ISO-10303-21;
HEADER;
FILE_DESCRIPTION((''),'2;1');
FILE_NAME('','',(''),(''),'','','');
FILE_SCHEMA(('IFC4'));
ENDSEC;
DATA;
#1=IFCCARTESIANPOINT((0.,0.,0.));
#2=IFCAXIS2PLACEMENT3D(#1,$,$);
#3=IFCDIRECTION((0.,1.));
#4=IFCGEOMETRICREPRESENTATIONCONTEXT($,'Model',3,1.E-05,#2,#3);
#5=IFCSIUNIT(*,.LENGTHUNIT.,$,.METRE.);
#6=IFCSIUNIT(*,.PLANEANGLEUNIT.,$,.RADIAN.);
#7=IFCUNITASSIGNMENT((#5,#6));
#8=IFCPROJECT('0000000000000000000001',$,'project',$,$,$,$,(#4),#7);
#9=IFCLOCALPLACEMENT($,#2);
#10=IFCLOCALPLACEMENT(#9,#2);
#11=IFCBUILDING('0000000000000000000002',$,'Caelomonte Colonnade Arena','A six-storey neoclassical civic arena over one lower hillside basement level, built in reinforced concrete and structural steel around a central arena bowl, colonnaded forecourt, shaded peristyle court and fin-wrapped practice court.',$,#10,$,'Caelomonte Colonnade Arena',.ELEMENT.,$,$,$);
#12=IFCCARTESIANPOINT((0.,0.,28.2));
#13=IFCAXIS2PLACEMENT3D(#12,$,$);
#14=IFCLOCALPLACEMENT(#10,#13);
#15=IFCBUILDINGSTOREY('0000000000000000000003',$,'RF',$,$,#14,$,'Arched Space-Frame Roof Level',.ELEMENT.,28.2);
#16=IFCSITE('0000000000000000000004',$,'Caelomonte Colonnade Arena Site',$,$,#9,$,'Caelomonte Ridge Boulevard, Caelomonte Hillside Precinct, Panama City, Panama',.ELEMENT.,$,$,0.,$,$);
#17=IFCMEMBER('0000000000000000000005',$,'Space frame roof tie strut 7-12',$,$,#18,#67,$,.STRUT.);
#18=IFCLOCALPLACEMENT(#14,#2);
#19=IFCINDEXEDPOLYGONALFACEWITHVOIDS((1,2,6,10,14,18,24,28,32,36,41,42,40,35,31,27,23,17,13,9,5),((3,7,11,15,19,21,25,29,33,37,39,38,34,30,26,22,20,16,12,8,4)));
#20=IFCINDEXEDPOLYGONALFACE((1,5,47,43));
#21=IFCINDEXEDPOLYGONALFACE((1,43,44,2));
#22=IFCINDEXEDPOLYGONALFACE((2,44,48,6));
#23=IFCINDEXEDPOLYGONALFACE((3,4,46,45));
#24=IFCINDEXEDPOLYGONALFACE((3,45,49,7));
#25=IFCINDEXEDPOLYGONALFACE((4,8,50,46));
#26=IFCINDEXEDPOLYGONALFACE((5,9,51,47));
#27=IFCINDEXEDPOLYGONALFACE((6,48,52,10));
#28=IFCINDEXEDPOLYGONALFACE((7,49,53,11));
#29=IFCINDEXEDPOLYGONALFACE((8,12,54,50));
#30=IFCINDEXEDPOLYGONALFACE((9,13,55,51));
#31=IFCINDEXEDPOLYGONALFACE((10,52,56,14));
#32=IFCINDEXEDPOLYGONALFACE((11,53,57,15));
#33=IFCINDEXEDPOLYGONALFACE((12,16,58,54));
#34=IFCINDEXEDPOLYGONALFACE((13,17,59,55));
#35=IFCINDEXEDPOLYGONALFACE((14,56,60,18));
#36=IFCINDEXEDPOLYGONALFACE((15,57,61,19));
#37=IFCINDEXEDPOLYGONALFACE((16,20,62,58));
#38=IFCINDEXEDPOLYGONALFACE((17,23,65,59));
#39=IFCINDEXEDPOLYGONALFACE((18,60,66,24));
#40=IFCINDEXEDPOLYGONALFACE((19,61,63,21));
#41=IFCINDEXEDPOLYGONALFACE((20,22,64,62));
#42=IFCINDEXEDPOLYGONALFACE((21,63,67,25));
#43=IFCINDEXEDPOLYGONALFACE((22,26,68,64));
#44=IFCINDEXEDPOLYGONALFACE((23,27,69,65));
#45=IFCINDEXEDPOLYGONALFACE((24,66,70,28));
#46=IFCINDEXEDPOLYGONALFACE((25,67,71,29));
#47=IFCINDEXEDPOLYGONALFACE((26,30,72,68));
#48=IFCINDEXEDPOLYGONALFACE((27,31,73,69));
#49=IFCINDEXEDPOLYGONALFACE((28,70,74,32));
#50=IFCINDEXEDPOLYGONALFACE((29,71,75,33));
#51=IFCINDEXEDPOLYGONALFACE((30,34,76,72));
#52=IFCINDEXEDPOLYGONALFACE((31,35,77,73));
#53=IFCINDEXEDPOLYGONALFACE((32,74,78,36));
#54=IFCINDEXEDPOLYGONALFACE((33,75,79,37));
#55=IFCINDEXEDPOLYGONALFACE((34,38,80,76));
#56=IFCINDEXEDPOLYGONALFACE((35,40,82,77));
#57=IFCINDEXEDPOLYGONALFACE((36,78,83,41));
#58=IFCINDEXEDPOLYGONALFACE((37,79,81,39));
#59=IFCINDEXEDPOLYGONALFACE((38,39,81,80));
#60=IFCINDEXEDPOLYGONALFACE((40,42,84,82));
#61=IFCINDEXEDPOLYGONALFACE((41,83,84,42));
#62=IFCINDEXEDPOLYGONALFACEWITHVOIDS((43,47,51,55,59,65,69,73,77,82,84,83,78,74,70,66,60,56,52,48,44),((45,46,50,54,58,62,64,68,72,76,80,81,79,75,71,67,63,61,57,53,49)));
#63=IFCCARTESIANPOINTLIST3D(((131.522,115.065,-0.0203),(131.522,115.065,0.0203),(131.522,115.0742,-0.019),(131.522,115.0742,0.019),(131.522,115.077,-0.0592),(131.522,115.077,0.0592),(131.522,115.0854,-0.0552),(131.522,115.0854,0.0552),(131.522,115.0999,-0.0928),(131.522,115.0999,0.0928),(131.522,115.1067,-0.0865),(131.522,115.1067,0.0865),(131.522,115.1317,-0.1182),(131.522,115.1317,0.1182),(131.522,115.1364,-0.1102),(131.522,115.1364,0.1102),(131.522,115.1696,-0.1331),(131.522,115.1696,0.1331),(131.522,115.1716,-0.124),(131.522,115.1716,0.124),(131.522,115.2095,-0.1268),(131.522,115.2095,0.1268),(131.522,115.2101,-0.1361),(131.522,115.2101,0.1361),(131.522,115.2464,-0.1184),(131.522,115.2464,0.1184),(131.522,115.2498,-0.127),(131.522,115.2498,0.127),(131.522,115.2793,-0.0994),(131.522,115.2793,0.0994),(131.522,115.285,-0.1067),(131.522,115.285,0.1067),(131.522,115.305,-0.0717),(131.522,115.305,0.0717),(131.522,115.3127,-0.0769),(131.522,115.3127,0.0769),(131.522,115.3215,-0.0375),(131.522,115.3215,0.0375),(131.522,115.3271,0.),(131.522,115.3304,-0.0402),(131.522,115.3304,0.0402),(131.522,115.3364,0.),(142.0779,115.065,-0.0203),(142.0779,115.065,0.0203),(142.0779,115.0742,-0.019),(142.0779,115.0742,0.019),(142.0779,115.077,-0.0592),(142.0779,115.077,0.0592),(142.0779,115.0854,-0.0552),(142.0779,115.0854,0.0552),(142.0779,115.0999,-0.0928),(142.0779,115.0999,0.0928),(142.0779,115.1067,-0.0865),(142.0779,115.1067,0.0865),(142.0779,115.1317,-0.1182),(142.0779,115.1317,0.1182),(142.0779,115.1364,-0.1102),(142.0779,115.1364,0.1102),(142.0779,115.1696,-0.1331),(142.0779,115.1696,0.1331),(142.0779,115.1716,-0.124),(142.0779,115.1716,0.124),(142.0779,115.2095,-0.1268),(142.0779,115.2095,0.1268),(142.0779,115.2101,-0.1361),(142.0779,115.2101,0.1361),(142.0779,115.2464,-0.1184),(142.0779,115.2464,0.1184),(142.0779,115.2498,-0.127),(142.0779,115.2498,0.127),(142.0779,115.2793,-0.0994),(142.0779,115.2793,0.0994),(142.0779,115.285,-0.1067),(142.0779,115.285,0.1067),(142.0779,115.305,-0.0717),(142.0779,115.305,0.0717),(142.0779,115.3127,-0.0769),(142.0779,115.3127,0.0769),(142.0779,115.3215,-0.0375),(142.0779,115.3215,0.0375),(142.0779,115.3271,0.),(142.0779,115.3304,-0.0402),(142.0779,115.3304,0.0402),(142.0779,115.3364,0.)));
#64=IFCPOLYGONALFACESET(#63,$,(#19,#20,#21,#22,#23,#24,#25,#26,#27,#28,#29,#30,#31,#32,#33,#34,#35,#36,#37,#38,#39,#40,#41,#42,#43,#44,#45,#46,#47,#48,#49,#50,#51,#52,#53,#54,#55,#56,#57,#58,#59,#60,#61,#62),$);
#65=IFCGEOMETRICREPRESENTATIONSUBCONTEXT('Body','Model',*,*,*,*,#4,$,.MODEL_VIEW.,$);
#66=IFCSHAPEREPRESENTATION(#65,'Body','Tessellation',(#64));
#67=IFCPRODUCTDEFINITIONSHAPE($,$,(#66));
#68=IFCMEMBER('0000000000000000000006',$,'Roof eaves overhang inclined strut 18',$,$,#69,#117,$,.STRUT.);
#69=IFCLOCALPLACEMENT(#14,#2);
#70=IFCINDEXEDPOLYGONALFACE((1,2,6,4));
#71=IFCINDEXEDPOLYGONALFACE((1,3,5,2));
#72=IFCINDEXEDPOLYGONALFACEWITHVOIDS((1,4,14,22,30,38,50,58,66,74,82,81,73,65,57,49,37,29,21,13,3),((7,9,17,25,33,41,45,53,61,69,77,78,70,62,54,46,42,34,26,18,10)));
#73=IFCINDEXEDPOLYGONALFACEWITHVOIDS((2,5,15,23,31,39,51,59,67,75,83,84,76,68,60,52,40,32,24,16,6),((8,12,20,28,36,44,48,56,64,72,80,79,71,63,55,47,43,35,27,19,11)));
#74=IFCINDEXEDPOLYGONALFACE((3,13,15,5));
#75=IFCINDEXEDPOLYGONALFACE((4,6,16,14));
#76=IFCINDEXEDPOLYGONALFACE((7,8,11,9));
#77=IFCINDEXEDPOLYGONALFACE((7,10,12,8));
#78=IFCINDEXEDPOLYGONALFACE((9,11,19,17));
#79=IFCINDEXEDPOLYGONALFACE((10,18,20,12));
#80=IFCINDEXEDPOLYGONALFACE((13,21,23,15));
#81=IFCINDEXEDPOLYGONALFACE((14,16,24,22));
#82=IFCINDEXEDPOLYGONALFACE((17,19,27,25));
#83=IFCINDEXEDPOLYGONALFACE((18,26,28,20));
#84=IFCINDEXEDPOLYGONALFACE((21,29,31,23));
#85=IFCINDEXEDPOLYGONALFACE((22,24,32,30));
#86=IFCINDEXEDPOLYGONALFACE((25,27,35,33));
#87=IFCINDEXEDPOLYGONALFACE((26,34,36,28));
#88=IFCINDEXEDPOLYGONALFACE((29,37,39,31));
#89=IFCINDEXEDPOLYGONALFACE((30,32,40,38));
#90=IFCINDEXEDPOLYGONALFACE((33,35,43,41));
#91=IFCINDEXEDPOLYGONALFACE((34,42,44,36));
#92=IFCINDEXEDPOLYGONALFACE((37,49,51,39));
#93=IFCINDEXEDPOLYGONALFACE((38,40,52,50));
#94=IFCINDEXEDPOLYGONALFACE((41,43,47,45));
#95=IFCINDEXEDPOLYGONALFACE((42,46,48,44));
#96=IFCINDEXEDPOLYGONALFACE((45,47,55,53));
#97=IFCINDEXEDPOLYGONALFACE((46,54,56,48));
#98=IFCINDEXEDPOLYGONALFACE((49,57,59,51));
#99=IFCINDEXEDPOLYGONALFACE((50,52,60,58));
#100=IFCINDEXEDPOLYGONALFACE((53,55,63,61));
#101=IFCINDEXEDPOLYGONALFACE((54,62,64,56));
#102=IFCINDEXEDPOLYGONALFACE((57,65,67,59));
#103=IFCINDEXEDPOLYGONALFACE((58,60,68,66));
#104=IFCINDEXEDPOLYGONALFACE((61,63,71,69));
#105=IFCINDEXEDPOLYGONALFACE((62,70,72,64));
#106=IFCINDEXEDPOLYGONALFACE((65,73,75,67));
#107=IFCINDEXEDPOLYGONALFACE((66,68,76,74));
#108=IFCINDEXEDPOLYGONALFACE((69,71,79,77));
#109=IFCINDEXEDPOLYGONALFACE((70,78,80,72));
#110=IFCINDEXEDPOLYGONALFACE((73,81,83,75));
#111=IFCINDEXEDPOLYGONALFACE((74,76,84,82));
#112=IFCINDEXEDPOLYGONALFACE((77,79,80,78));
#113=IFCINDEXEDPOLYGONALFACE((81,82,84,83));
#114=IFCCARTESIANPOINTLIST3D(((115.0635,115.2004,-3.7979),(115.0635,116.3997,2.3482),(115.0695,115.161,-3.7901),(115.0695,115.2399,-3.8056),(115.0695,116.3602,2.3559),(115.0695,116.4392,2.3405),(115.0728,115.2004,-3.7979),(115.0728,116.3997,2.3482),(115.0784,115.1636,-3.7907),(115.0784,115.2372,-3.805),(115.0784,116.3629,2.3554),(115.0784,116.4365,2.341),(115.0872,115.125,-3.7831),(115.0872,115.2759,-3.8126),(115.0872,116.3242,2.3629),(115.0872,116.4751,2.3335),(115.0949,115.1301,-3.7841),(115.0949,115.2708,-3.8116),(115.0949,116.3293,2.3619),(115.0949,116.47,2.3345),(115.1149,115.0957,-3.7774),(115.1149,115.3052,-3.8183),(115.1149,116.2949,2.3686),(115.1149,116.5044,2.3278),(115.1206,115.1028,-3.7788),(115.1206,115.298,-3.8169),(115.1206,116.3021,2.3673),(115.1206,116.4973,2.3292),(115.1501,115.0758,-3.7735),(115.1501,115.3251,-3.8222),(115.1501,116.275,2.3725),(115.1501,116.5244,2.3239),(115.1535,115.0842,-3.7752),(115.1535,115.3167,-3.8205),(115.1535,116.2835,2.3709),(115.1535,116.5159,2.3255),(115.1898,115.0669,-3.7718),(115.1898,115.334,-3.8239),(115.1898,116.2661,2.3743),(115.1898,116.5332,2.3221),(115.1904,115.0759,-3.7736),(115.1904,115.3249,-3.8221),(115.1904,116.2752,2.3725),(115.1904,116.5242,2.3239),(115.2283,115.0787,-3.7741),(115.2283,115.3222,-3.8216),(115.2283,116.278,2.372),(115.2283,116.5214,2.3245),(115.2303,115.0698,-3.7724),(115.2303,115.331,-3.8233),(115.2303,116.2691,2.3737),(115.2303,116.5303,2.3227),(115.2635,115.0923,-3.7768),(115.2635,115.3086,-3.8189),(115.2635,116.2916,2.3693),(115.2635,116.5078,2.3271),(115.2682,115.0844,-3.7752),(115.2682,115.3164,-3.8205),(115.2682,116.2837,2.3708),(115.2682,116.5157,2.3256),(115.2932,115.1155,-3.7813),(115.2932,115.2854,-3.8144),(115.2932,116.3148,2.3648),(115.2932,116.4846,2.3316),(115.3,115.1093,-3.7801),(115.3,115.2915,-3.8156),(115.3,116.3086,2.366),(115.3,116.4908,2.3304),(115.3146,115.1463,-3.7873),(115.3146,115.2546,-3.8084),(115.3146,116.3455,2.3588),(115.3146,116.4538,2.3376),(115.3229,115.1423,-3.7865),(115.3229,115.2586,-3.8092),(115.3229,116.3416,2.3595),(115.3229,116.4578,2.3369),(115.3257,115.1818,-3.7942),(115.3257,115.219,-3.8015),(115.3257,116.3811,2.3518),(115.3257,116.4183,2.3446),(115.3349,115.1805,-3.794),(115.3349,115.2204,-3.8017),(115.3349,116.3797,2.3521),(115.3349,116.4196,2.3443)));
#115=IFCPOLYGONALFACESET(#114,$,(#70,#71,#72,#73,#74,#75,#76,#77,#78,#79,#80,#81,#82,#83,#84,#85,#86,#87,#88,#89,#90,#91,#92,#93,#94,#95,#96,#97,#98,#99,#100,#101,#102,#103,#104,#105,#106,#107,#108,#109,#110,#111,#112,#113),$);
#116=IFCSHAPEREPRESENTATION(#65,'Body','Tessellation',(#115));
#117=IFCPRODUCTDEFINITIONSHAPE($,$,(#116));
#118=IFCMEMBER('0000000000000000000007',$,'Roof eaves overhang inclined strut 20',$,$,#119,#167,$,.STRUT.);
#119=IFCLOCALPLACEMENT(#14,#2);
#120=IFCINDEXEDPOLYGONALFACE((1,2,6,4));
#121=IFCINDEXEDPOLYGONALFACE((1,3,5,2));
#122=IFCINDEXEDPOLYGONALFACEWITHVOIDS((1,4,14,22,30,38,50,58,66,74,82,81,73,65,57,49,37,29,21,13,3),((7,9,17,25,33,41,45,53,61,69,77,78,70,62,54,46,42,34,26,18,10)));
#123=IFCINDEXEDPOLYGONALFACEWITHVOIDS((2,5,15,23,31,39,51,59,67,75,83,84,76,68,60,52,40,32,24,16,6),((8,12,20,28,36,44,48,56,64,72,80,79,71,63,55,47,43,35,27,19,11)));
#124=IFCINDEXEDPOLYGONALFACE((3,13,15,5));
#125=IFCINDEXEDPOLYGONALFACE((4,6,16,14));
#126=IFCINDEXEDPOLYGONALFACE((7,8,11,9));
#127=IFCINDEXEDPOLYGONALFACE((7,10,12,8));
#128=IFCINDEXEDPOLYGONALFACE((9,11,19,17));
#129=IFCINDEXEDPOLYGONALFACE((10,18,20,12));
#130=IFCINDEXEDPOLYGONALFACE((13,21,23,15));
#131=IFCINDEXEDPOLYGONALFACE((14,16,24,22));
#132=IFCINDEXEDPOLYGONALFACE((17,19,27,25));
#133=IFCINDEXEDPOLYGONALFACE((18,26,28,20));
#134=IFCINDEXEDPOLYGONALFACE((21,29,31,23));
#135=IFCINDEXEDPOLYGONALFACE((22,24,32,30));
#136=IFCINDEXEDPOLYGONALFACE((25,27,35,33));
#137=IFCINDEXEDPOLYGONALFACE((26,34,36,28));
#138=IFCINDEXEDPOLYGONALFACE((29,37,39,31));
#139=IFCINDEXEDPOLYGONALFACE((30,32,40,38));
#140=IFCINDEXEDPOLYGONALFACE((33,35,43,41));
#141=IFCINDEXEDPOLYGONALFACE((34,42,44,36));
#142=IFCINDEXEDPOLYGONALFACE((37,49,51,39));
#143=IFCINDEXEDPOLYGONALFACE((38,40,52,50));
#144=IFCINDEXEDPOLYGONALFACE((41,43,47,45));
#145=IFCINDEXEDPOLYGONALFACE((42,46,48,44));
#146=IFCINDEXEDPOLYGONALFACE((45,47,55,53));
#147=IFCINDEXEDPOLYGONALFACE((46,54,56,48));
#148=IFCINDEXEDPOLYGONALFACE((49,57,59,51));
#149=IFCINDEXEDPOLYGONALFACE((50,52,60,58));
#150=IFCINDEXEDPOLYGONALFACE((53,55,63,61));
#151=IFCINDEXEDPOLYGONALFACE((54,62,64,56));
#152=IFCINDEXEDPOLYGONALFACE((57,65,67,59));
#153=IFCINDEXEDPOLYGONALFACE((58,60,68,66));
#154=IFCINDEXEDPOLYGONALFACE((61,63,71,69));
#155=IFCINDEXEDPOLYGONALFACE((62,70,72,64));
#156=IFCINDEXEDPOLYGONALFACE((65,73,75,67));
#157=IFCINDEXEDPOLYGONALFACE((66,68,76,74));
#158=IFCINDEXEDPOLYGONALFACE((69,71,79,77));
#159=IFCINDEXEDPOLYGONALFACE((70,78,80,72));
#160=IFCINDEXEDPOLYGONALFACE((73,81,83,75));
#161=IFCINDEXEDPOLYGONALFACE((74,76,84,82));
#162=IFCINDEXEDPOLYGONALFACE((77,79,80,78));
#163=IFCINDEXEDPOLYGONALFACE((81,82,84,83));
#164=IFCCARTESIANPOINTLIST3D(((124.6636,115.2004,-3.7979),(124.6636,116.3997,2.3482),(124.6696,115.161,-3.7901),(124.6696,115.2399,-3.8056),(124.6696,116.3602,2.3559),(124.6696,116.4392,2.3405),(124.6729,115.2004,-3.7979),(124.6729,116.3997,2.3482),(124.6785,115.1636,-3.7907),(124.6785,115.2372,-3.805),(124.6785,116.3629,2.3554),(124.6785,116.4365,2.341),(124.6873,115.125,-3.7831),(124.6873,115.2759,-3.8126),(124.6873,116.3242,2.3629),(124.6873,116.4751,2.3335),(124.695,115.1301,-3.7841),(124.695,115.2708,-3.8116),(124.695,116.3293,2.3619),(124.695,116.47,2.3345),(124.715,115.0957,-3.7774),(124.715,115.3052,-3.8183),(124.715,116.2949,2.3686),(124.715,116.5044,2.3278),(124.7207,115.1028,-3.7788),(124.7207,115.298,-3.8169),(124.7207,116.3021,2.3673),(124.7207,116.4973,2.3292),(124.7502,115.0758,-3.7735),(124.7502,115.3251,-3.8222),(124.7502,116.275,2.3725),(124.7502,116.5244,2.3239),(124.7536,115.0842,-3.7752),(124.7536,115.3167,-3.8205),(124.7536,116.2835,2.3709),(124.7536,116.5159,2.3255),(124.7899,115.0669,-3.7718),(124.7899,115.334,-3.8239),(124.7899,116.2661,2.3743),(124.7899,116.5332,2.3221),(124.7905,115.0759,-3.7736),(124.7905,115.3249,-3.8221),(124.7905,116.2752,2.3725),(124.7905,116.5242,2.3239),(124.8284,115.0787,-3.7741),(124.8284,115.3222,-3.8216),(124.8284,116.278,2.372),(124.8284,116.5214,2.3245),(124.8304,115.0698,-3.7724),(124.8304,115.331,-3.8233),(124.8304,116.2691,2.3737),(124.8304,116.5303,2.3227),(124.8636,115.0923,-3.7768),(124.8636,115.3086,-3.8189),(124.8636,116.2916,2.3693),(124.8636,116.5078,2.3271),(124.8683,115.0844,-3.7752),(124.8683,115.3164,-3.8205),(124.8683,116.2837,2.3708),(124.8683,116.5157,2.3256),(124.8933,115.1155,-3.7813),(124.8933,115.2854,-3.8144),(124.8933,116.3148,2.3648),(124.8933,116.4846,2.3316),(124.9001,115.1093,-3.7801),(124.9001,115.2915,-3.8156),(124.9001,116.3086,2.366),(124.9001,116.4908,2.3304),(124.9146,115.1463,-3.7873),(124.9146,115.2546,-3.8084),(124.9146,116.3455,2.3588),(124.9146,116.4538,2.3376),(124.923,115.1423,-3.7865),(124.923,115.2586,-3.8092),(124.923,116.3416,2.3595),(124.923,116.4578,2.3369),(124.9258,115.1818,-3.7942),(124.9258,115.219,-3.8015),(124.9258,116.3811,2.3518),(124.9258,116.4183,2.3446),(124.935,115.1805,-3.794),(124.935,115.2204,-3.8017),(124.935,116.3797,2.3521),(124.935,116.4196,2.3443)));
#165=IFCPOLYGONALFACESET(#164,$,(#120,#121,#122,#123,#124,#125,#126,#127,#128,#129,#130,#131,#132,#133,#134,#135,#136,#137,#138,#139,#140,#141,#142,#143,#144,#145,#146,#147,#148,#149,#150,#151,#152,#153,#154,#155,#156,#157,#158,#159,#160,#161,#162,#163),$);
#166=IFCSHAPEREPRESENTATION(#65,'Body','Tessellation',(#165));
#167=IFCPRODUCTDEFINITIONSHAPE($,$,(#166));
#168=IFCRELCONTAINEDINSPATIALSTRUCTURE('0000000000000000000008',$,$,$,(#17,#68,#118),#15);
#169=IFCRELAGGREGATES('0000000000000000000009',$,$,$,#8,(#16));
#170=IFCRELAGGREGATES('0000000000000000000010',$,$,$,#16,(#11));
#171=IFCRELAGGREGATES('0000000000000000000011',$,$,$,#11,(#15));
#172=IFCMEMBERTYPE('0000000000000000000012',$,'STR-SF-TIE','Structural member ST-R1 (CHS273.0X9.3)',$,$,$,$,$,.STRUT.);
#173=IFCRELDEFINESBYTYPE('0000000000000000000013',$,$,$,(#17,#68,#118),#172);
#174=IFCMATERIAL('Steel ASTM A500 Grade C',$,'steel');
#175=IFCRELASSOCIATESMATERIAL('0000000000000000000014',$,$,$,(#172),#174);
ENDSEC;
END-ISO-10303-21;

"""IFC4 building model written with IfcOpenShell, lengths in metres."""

from ifc_helpers import new_model, si_unit, direction, frame, origin, origin_2d, place, context, subcontext, project, spatial, hollow_circle, extrude, material, material_profile, profile_set, type_object, element, save


model = new_model("IFC4")

# Units and contexts
model_context = context("Model", 3, precision=1e-05, world=origin(), true_north=direction((0.0, 1.0)))
body_context = subcontext(model_context, "Body", "Model", "MODEL_VIEW")
ifc_project = project(units=[si_unit("LENGTHUNIT", "METRE"), si_unit("PLANEANGLEUNIT", "RADIAN")], contexts=[model_context])

# Site, building, storey
site_placement = place(None, origin())
site = spatial("IfcSite", under=ifc_project, at=site_placement, Name="Caelomonte Colonnade Arena Site", LongName="Caelomonte Ridge Boulevard, Caelomonte Hillside Precinct, Panama City, Panama", CompositionType="ELEMENT", RefElevation=0.0)
building_placement = place(site_placement, origin())
building = spatial("IfcBuilding", under=site, at=building_placement, Name="Caelomonte Colonnade Arena", Description="A six-storey neoclassical civic arena over one lower hillside basement level, built in reinforced concrete and structural steel around a central arena bowl, colonnaded forecourt, shaded peristyle court and fin-wrapped practice court.", LongName="Caelomonte Colonnade Arena", CompositionType="ELEMENT")
storey_placement = place(building_placement, frame((0.0, 0.0, 28.2)))
storey = spatial("IfcBuildingStorey", under=building, at=storey_placement, Name="RF", LongName="Arched Space-Frame Roof Level", CompositionType="ELEMENT", Elevation=28.2)

# Members
ifc_material_1 = material(Name="Steel ASTM A500 Grade C", Category="steel")
ifc_material_profile_1 = material_profile(ifc_material_1, hollow_circle(Radius=0.1365, WallThickness=0.0093, at=origin_2d()), Name="CHS273.0X9.3")
ifc_profile_set_1 = profile_set([ifc_material_profile_1], Name="Steel ASTM A500 Grade C")
member_type_1 = type_object("IfcMemberType", Name="STR-SF-TIE", Description="Structural member ST-R1 (CHS273.0X9.3)", PredefinedType="STRUT", material=ifc_profile_set_1)
member_1_placement = place(storey_placement, frame((131.522, 115.2, 0.0), z_axis=(1.0, 0.0, 0.0), x_axis=(0.0, 1.0, 0.0)))
element("IfcMember", 1, at=member_1_placement, inside=storey, type_object=member_type_1, Name="Space frame roof tie strut 7-12", PredefinedType="STRUT", context=body_context, shape_type="SweptSolid", body=[
    extrude(hollow_circle(Radius=0.1365, WallThickness=0.0093, at=origin_2d()), origin(), (0.0, 0.0, 1.0), 10.5559),
])
for number, where, z_axis, x_axis, name in (
    (2, (115.2, 115.2004, -3.7979), (0.0, 0.19151, 0.981491), (-1.0, 0.0, 0.0), "Roof eaves overhang inclined strut 18"),
    (3, (124.8, 115.2004, -3.7979), (0.0, 0.19151, 0.981491), (-1.0, 0.0, 0.0), "Roof eaves overhang inclined strut 20"),
):
    element("IfcMember", number, at=place(storey_placement, frame(where, z_axis=z_axis, x_axis=x_axis)), inside=storey, type_object=member_type_1, Name=name, PredefinedType="STRUT", context=body_context, shape_type="SweptSolid", body=[
        extrude(hollow_circle(Radius=0.1365, WallThickness=0.0093, at=origin_2d()), origin(), (0.0, 0.0, 1.0), 6.262),
    ])

save(model, "model.ifc")
